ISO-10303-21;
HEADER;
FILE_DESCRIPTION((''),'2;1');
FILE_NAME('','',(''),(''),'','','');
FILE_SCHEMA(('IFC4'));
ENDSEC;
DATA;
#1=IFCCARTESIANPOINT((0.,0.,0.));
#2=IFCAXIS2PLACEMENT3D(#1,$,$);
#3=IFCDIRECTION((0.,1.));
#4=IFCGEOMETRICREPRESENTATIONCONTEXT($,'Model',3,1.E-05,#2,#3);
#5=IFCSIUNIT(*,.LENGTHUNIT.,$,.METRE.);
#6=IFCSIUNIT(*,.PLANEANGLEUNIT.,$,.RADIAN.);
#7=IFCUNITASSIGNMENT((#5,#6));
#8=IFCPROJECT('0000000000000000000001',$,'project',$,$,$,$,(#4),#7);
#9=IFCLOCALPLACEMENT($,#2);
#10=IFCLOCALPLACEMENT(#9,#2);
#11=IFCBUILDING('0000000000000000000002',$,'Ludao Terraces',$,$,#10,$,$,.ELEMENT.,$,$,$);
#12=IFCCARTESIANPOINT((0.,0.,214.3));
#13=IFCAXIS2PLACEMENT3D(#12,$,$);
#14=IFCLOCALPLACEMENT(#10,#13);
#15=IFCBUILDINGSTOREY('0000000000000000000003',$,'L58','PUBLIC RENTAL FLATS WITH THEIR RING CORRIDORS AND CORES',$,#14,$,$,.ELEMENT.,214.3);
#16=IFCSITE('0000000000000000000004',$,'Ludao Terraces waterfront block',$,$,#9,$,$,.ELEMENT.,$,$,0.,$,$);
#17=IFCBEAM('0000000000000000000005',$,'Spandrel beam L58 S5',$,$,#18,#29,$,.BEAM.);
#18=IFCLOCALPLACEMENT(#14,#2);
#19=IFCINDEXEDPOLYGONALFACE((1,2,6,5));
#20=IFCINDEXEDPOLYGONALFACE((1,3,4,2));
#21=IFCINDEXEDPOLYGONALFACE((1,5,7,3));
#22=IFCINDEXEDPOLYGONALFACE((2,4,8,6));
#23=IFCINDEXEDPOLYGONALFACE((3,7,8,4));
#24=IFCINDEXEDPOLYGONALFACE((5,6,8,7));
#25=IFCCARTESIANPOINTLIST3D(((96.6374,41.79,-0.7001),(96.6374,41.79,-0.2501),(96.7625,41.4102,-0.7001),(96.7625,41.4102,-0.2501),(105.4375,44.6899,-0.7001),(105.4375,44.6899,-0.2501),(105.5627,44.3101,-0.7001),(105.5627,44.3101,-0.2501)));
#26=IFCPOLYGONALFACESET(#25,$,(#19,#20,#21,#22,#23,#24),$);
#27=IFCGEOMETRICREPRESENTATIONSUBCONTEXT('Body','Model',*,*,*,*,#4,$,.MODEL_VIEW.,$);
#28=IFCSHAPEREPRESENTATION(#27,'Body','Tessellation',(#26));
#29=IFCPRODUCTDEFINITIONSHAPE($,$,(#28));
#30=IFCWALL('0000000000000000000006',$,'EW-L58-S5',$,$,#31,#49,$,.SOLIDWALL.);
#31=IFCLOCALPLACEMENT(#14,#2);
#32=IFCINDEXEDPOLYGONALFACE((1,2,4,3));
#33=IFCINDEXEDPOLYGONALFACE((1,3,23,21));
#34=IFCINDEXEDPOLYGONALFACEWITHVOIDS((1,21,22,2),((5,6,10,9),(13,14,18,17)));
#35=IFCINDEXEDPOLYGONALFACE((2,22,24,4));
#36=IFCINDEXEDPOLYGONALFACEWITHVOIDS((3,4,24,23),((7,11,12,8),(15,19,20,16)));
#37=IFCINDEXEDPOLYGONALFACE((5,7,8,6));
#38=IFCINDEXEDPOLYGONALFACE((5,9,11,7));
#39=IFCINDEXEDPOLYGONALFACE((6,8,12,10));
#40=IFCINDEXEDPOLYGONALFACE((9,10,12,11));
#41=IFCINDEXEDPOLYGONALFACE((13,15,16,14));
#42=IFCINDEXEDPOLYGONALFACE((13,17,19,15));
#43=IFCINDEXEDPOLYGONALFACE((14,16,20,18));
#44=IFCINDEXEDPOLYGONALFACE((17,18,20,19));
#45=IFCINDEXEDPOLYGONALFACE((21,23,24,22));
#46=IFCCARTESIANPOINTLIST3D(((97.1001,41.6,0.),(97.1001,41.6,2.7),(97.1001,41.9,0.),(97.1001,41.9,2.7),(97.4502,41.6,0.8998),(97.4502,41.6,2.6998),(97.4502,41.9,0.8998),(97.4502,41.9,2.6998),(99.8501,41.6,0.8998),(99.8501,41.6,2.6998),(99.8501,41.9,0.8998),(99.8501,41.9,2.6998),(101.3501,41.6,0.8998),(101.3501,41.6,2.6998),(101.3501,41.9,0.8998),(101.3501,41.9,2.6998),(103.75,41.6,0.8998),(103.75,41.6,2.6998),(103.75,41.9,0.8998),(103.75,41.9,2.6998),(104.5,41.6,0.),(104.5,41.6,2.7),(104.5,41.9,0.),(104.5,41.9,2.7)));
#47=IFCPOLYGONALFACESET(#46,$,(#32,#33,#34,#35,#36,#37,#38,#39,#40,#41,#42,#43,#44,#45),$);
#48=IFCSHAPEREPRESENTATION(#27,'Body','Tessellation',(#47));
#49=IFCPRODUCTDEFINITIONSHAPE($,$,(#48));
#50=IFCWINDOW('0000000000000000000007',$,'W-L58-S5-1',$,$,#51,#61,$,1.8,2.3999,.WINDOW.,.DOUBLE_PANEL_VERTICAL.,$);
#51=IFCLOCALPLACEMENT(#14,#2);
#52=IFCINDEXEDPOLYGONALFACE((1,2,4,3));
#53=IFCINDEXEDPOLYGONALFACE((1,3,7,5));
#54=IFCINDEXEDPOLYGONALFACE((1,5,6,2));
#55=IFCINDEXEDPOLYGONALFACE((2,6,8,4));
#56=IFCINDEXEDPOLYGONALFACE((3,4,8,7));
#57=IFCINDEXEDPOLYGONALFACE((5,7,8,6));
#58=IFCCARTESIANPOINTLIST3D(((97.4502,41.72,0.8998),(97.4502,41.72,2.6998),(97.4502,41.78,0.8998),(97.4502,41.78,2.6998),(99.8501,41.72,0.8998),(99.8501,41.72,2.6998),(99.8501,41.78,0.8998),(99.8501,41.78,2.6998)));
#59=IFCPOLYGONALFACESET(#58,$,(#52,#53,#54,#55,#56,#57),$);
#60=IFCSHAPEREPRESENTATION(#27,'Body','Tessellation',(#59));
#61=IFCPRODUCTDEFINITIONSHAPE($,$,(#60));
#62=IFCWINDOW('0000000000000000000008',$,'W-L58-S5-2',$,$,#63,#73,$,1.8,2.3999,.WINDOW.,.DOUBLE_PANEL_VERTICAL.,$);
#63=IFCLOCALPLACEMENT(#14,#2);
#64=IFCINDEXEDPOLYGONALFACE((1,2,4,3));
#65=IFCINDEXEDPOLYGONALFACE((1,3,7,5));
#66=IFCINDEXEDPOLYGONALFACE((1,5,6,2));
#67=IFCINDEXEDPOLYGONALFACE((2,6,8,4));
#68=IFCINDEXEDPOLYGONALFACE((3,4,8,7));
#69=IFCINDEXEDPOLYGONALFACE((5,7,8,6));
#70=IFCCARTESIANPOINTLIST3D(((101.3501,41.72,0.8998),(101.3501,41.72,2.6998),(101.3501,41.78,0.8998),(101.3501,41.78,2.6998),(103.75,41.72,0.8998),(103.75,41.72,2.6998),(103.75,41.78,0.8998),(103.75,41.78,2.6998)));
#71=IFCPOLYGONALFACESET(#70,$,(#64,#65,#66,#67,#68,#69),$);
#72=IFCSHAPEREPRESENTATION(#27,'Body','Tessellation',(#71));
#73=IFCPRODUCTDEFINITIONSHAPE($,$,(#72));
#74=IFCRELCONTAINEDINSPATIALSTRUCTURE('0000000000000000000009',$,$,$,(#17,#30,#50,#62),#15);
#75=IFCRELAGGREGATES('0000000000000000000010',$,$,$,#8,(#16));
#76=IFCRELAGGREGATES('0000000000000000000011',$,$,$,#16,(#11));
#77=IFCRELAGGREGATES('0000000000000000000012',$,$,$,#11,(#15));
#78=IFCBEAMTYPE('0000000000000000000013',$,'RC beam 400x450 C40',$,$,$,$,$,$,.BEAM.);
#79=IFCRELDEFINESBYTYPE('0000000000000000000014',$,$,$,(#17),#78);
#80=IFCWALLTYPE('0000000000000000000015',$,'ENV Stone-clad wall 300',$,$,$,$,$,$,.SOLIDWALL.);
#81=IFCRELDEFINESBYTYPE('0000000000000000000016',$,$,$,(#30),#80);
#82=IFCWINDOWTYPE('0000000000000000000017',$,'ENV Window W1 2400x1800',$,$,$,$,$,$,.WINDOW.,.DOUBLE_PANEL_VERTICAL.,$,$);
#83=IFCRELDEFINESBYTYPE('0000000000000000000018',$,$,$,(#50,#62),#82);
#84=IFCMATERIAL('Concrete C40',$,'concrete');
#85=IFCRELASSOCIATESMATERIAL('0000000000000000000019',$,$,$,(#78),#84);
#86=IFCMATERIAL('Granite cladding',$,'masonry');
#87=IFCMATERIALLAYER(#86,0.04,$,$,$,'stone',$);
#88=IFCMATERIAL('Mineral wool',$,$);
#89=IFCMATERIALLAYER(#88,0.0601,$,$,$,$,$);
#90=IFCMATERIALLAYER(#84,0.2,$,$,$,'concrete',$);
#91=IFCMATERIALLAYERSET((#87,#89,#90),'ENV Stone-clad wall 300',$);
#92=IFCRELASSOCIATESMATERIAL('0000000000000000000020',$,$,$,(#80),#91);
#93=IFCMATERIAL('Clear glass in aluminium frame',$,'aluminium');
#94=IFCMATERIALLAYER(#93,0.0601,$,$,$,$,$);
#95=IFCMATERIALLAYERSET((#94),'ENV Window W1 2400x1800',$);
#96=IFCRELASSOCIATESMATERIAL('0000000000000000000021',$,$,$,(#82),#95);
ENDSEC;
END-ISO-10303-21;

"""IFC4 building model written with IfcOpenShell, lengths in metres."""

from ifc_helpers import new_model, si_unit, direction, frame, frame_2d, origin, origin_2d, place, context, subcontext, project, spatial, rectangle, extrude, material, layer, layer_set, material_profile, profile_set, type_object, element, fill, save


model = new_model("IFC4")

# Units and contexts
model_context = context("Model", 3, precision=1e-05, world=origin(), true_north=direction((0.0, 1.0)))
body_context = subcontext(model_context, "Body", "Model", "MODEL_VIEW")
ifc_project = project(units=[si_unit("LENGTHUNIT", "METRE"), si_unit("PLANEANGLEUNIT", "RADIAN")], contexts=[model_context])

# Site, building, storey
site_placement = place(None, origin())
site = spatial("IfcSite", under=ifc_project, at=site_placement, Name="Ludao Terraces waterfront block", CompositionType="ELEMENT", RefElevation=0.0)
building_placement = place(site_placement, origin())
building = spatial("IfcBuilding", under=site, at=building_placement, Name="Ludao Terraces", CompositionType="ELEMENT")
storey_placement = place(building_placement, frame((0.0, 0.0, 214.3)))
storey = spatial("IfcBuildingStorey", under=building, at=storey_placement, Name="L58", Description="PUBLIC RENTAL FLATS WITH THEIR RING CORRIDORS AND CORES", CompositionType="ELEMENT", Elevation=214.3)

# Beam
ifc_material_1 = material(Name="Concrete C40", Category="concrete")
ifc_material_profile = material_profile(ifc_material_1, rectangle(XDim=0.3999, YDim=0.45, at=origin_2d()), Name="400 X 450")
ifc_profile_set = profile_set([ifc_material_profile], Name="Concrete C40")
beam_type = type_object("IfcBeamType", Name="RC beam 400x450 C40", PredefinedType="BEAM", material=ifc_profile_set)
beam_placement = place(storey_placement, frame((96.7, 41.6001, -0.4751), z_axis=(0.949761, 0.312977, 0.0), x_axis=(-0.312977, 0.949761, 0.0)))
element("IfcBeam", 1, at=beam_placement, inside=storey, type_object=beam_type, Name="Spandrel beam L58 S5", PredefinedType="BEAM", context=body_context, shape_type="SweptSolid", body=[
    extrude(rectangle(XDim=0.3999, YDim=0.45, at=origin_2d()), origin(), (0.0, 0.0, 1.0), 9.2656),
])

# Wall, openings, windows
ifc_material_2 = material(Name="Granite cladding", Category="masonry")
ifc_layer_1 = layer(ifc_material_2, 0.04, Category="stone")
ifc_material_3 = material(Name="Mineral wool")
ifc_layer_2 = layer(ifc_material_3, 0.0601)
ifc_layer_3 = layer(ifc_material_1, 0.2, Category="concrete")
ifc_layer_set_1 = layer_set([ifc_layer_1, ifc_layer_2, ifc_layer_3], Name="ENV Stone-clad wall 300")
wall_type = type_object("IfcWallType", Name="ENV Stone-clad wall 300", PredefinedType="SOLIDWALL", material=ifc_layer_set_1)
wall_placement = place(storey_placement, frame((97.1001, 41.75, 0.0), z_axis=(0.0, 0.0, 1.0), x_axis=(1.0, 0.0, 0.0)))
wall = element("IfcWall", 2, at=wall_placement, inside=storey, type_object=wall_type, Name="EW-L58-S5", PredefinedType="SOLIDWALL", context=body_context, shape_type="SweptSolid", body=[
    extrude(rectangle(XDim=7.3999, YDim=0.3, at=frame_2d((3.7, 0.0))), origin(), (0.0, 0.0, 1.0), 2.7),
])
opening_1_placement = place(wall_placement, frame((0.3501, 0.0, 0.8999)))
opening_1 = element("IfcOpeningElement", 3, at=opening_1_placement, cuts=wall, PredefinedType="OPENING", context=body_context, shape_type="SweptSolid", body=[
    extrude(rectangle(XDim=2.3999, YDim=1.8, at=frame_2d((1.2, 0.8999))), frame((0.0, 0.1602, 0.0), z_axis=(0.0, -1.0, 0.0), x_axis=(1.0, 0.0, 0.0)), (0.0, 0.0, 1.0), 0.3201),
])
opening_2_placement = place(wall_placement, frame((4.25, 0.0, 0.8999)))
opening_2 = element("IfcOpeningElement", 4, at=opening_2_placement, cuts=wall, PredefinedType="OPENING", context=body_context, shape_type="SweptSolid", body=[
    extrude(rectangle(XDim=2.3999, YDim=1.8, at=frame_2d((1.2, 0.8999))), frame((0.0, 0.1602, 0.0), z_axis=(0.0, -1.0, 0.0), x_axis=(1.0, 0.0, 0.0)), (0.0, 0.0, 1.0), 0.3201),
])
ifc_material_4 = material(Name="Clear glass in aluminium frame", Category="aluminium")
ifc_layer_4 = layer(ifc_material_4, 0.0601)
ifc_layer_set_2 = layer_set([ifc_layer_4], Name="ENV Window W1 2400x1800")
window_type = type_object("IfcWindowType", Name="ENV Window W1 2400x1800", PartitioningType="DOUBLE_PANEL_VERTICAL", PredefinedType="WINDOW", material=ifc_layer_set_2)
window_1_placement = place(opening_1_placement, origin())
window_1 = element("IfcWindow", 5, at=window_1_placement, inside=storey, type_object=window_type, Name="W-L58-S5-1", OverallHeight=1.8, OverallWidth=2.3999, PartitioningType="DOUBLE_PANEL_VERTICAL", PredefinedType="WINDOW", context=body_context, shape_type="SweptSolid", body=[
    extrude(rectangle(XDim=2.3999, YDim=1.8, at=frame_2d((1.2, 0.8999))), frame((0.0, 0.03, 0.0), z_axis=(0.0, -1.0, 0.0), x_axis=(1.0, 0.0, 0.0)), (0.0, 0.0, 1.0), 0.0601),
])
fill(opening_1, window_1)
window_2_placement = place(opening_2_placement, origin())
window_2 = element("IfcWindow", 6, at=window_2_placement, inside=storey, type_object=window_type, Name="W-L58-S5-2", OverallHeight=1.8, OverallWidth=2.3999, PartitioningType="DOUBLE_PANEL_VERTICAL", PredefinedType="WINDOW", context=body_context, shape_type="SweptSolid", body=[
    extrude(rectangle(XDim=2.3999, YDim=1.8, at=frame_2d((1.2, 0.8999))), frame((0.0, 0.03, 0.0), z_axis=(0.0, -1.0, 0.0), x_axis=(1.0, 0.0, 0.0)), (0.0, 0.0, 1.0), 0.0601),
])
fill(opening_2, window_2)

save(model, "model.ifc")
